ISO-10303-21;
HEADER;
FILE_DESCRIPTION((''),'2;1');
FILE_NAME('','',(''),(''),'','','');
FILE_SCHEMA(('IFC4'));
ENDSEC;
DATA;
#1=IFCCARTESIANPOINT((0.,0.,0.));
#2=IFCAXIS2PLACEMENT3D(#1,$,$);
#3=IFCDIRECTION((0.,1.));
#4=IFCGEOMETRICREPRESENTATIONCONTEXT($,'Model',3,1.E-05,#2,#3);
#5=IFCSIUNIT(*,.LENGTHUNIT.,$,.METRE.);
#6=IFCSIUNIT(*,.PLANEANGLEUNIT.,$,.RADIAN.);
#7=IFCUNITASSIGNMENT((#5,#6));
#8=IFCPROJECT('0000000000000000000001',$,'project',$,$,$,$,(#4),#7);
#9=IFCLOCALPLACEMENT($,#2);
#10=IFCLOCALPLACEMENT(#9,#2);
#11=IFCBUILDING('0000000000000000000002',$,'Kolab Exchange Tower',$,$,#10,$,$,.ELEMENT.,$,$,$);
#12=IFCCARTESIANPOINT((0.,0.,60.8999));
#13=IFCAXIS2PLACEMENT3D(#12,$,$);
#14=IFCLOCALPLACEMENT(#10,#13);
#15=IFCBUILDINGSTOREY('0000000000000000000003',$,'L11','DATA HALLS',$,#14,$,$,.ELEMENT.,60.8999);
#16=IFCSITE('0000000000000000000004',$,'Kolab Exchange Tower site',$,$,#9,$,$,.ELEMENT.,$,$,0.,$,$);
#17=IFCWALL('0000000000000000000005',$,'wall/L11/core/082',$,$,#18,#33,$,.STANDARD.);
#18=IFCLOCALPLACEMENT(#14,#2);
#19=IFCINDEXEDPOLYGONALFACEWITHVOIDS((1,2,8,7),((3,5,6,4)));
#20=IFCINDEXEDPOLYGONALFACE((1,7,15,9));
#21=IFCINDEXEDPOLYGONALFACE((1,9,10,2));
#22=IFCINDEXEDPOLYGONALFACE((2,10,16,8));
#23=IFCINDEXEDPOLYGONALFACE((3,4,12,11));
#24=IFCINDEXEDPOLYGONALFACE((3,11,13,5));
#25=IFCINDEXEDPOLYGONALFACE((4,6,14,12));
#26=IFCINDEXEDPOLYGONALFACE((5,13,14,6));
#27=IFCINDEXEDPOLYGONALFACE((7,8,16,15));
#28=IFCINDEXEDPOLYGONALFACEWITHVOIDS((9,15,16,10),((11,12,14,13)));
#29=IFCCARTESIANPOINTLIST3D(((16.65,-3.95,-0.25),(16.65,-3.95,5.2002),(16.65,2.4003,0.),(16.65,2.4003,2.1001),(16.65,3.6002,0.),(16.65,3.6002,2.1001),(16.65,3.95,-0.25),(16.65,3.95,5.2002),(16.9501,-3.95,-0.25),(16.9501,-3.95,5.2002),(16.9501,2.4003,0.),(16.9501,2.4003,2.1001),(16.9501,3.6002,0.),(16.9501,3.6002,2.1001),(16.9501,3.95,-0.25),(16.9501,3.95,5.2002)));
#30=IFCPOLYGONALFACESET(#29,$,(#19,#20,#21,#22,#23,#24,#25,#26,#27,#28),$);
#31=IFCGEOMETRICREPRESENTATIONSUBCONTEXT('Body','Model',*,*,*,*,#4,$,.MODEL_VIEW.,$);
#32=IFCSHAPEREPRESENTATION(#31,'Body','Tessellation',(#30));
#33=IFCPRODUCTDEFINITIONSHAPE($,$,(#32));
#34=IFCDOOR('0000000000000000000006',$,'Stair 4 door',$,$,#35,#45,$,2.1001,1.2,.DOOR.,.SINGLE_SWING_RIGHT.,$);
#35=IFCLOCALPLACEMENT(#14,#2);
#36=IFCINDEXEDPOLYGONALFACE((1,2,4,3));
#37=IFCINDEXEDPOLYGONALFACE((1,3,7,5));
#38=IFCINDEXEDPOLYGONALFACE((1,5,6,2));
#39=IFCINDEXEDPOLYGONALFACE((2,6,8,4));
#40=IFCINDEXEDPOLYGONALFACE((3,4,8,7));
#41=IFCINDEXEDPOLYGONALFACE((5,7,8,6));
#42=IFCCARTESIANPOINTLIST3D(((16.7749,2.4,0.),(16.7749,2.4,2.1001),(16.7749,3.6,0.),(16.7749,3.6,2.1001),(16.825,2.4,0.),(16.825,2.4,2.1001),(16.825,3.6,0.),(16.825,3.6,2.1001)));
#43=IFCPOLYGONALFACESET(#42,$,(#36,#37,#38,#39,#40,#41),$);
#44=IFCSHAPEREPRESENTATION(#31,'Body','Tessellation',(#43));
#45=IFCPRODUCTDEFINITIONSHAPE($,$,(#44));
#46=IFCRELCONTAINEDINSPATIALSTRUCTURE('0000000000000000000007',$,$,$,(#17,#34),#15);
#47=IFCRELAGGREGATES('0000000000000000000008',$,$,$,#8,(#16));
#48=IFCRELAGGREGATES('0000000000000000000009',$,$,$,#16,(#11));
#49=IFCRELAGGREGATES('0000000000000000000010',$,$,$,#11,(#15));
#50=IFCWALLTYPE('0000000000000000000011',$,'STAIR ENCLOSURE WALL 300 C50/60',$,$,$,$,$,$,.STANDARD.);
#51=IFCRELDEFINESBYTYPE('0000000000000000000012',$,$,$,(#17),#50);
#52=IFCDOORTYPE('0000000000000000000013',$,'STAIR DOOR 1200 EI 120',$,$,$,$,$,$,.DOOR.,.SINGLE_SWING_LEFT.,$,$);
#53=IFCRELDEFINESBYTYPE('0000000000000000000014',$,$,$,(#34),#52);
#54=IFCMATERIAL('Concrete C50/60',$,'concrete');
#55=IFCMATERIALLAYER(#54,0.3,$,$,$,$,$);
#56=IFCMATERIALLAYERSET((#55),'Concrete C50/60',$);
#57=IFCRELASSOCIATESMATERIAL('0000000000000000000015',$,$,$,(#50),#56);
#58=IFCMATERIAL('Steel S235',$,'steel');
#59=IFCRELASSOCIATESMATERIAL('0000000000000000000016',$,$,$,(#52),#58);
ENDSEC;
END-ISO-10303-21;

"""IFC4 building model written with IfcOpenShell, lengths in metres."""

from ifc_helpers import new_model, si_unit, direction, frame, frame_2d, origin, place, context, subcontext, project, spatial, rectangle, extrude, material, layer, layer_set, type_object, element, fill, save


model = new_model("IFC4")

# Units and contexts
model_context = context("Model", 3, precision=1e-05, world=origin(), true_north=direction((0.0, 1.0)))
body_context = subcontext(model_context, "Body", "Model", "MODEL_VIEW")
ifc_project = project(units=[si_unit("LENGTHUNIT", "METRE"), si_unit("PLANEANGLEUNIT", "RADIAN")], contexts=[model_context])

# Site, building, storey
site_placement = place(None, origin())
site = spatial("IfcSite", under=ifc_project, at=site_placement, Name="Kolab Exchange Tower site", CompositionType="ELEMENT", RefElevation=0.0)
building_placement = place(site_placement, origin())
building = spatial("IfcBuilding", under=site, at=building_placement, Name="Kolab Exchange Tower", CompositionType="ELEMENT")
storey_placement = place(building_placement, frame((0.0, 0.0, 60.8999)))
storey = spatial("IfcBuildingStorey", under=building, at=storey_placement, Name="L11", Description="DATA HALLS", CompositionType="ELEMENT", Elevation=60.8999)

# Shared definitions
ifc_material_1 = material(Name="Concrete C50/60", Category="concrete")

# Shared definitions
ifc_material_2 = material(Name="Steel S235", Category="steel")

# Shared definitions
ifc_layer_1 = layer(ifc_material_1, 0.3)
ifc_layer_set_1 = layer_set([ifc_layer_1], Name="Concrete C50/60")
wall_type_1 = type_object("IfcWallType", Name="STAIR ENCLOSURE WALL 300 C50/60", PredefinedType="STANDARD", material=ifc_layer_set_1)

# Wall, opening, door
door_type_1 = type_object("IfcDoorType", Name="STAIR DOOR 1200 EI 120", OperationType="SINGLE_SWING_LEFT", PredefinedType="DOOR", material=ifc_material_2)
wall_1_placement = place(storey_placement, frame((16.8, -3.95, -0.25), z_axis=(0.0, 0.0, 1.0), x_axis=(0.0, 1.0, 0.0)))
wall_1 = element("IfcWall", 1, at=wall_1_placement, inside=storey, type_object=wall_type_1, Name="wall/L11/core/082", PredefinedType="STANDARD", context=body_context, shape_type="SweptSolid", body=[
    extrude(rectangle(XDim=7.8999, YDim=0.3, at=frame_2d((3.95, 0.0))), origin(), (0.0, 0.0, 1.0), 5.4502),
])
opening_1_placement = place(wall_1_placement, frame((6.3501, 0.0, 0.25)))
opening_1 = element("IfcOpeningElement", 2, at=opening_1_placement, cuts=wall_1, PredefinedType="OPENING", context=body_context, shape_type="SweptSolid", body=[
    extrude(rectangle(XDim=1.2, YDim=2.1001, at=frame_2d((0.6001, 1.05))), frame((0.0, 0.1602, 0.0), z_axis=(0.0, -1.0, 0.0), x_axis=(1.0, 0.0, 0.0)), (0.0, 0.0, 1.0), 0.3201),
])
door_1_placement = place(opening_1_placement, frame((1.2, 0.0, 0.0), z_axis=(0.0, 0.0, 1.0), x_axis=(-1.0, 0.0, 0.0)))
door_1 = element("IfcDoor", 3, at=door_1_placement, inside=storey, type_object=door_type_1, Name="Stair 4 door", OperationType="SINGLE_SWING_RIGHT", OverallHeight=2.1001, OverallWidth=1.2, PredefinedType="DOOR", context=body_context, shape_type="SweptSolid", body=[
    extrude(rectangle(XDim=1.2, YDim=2.1001, at=frame_2d((0.6001, 1.05))), frame((0.0, 0.0249, 0.0), z_axis=(0.0, -1.0, 0.0), x_axis=(1.0, 0.0, 0.0)), (0.0, 0.0, 1.0), 0.05),
])
fill(opening_1, door_1)

save(model, "model.ifc")
